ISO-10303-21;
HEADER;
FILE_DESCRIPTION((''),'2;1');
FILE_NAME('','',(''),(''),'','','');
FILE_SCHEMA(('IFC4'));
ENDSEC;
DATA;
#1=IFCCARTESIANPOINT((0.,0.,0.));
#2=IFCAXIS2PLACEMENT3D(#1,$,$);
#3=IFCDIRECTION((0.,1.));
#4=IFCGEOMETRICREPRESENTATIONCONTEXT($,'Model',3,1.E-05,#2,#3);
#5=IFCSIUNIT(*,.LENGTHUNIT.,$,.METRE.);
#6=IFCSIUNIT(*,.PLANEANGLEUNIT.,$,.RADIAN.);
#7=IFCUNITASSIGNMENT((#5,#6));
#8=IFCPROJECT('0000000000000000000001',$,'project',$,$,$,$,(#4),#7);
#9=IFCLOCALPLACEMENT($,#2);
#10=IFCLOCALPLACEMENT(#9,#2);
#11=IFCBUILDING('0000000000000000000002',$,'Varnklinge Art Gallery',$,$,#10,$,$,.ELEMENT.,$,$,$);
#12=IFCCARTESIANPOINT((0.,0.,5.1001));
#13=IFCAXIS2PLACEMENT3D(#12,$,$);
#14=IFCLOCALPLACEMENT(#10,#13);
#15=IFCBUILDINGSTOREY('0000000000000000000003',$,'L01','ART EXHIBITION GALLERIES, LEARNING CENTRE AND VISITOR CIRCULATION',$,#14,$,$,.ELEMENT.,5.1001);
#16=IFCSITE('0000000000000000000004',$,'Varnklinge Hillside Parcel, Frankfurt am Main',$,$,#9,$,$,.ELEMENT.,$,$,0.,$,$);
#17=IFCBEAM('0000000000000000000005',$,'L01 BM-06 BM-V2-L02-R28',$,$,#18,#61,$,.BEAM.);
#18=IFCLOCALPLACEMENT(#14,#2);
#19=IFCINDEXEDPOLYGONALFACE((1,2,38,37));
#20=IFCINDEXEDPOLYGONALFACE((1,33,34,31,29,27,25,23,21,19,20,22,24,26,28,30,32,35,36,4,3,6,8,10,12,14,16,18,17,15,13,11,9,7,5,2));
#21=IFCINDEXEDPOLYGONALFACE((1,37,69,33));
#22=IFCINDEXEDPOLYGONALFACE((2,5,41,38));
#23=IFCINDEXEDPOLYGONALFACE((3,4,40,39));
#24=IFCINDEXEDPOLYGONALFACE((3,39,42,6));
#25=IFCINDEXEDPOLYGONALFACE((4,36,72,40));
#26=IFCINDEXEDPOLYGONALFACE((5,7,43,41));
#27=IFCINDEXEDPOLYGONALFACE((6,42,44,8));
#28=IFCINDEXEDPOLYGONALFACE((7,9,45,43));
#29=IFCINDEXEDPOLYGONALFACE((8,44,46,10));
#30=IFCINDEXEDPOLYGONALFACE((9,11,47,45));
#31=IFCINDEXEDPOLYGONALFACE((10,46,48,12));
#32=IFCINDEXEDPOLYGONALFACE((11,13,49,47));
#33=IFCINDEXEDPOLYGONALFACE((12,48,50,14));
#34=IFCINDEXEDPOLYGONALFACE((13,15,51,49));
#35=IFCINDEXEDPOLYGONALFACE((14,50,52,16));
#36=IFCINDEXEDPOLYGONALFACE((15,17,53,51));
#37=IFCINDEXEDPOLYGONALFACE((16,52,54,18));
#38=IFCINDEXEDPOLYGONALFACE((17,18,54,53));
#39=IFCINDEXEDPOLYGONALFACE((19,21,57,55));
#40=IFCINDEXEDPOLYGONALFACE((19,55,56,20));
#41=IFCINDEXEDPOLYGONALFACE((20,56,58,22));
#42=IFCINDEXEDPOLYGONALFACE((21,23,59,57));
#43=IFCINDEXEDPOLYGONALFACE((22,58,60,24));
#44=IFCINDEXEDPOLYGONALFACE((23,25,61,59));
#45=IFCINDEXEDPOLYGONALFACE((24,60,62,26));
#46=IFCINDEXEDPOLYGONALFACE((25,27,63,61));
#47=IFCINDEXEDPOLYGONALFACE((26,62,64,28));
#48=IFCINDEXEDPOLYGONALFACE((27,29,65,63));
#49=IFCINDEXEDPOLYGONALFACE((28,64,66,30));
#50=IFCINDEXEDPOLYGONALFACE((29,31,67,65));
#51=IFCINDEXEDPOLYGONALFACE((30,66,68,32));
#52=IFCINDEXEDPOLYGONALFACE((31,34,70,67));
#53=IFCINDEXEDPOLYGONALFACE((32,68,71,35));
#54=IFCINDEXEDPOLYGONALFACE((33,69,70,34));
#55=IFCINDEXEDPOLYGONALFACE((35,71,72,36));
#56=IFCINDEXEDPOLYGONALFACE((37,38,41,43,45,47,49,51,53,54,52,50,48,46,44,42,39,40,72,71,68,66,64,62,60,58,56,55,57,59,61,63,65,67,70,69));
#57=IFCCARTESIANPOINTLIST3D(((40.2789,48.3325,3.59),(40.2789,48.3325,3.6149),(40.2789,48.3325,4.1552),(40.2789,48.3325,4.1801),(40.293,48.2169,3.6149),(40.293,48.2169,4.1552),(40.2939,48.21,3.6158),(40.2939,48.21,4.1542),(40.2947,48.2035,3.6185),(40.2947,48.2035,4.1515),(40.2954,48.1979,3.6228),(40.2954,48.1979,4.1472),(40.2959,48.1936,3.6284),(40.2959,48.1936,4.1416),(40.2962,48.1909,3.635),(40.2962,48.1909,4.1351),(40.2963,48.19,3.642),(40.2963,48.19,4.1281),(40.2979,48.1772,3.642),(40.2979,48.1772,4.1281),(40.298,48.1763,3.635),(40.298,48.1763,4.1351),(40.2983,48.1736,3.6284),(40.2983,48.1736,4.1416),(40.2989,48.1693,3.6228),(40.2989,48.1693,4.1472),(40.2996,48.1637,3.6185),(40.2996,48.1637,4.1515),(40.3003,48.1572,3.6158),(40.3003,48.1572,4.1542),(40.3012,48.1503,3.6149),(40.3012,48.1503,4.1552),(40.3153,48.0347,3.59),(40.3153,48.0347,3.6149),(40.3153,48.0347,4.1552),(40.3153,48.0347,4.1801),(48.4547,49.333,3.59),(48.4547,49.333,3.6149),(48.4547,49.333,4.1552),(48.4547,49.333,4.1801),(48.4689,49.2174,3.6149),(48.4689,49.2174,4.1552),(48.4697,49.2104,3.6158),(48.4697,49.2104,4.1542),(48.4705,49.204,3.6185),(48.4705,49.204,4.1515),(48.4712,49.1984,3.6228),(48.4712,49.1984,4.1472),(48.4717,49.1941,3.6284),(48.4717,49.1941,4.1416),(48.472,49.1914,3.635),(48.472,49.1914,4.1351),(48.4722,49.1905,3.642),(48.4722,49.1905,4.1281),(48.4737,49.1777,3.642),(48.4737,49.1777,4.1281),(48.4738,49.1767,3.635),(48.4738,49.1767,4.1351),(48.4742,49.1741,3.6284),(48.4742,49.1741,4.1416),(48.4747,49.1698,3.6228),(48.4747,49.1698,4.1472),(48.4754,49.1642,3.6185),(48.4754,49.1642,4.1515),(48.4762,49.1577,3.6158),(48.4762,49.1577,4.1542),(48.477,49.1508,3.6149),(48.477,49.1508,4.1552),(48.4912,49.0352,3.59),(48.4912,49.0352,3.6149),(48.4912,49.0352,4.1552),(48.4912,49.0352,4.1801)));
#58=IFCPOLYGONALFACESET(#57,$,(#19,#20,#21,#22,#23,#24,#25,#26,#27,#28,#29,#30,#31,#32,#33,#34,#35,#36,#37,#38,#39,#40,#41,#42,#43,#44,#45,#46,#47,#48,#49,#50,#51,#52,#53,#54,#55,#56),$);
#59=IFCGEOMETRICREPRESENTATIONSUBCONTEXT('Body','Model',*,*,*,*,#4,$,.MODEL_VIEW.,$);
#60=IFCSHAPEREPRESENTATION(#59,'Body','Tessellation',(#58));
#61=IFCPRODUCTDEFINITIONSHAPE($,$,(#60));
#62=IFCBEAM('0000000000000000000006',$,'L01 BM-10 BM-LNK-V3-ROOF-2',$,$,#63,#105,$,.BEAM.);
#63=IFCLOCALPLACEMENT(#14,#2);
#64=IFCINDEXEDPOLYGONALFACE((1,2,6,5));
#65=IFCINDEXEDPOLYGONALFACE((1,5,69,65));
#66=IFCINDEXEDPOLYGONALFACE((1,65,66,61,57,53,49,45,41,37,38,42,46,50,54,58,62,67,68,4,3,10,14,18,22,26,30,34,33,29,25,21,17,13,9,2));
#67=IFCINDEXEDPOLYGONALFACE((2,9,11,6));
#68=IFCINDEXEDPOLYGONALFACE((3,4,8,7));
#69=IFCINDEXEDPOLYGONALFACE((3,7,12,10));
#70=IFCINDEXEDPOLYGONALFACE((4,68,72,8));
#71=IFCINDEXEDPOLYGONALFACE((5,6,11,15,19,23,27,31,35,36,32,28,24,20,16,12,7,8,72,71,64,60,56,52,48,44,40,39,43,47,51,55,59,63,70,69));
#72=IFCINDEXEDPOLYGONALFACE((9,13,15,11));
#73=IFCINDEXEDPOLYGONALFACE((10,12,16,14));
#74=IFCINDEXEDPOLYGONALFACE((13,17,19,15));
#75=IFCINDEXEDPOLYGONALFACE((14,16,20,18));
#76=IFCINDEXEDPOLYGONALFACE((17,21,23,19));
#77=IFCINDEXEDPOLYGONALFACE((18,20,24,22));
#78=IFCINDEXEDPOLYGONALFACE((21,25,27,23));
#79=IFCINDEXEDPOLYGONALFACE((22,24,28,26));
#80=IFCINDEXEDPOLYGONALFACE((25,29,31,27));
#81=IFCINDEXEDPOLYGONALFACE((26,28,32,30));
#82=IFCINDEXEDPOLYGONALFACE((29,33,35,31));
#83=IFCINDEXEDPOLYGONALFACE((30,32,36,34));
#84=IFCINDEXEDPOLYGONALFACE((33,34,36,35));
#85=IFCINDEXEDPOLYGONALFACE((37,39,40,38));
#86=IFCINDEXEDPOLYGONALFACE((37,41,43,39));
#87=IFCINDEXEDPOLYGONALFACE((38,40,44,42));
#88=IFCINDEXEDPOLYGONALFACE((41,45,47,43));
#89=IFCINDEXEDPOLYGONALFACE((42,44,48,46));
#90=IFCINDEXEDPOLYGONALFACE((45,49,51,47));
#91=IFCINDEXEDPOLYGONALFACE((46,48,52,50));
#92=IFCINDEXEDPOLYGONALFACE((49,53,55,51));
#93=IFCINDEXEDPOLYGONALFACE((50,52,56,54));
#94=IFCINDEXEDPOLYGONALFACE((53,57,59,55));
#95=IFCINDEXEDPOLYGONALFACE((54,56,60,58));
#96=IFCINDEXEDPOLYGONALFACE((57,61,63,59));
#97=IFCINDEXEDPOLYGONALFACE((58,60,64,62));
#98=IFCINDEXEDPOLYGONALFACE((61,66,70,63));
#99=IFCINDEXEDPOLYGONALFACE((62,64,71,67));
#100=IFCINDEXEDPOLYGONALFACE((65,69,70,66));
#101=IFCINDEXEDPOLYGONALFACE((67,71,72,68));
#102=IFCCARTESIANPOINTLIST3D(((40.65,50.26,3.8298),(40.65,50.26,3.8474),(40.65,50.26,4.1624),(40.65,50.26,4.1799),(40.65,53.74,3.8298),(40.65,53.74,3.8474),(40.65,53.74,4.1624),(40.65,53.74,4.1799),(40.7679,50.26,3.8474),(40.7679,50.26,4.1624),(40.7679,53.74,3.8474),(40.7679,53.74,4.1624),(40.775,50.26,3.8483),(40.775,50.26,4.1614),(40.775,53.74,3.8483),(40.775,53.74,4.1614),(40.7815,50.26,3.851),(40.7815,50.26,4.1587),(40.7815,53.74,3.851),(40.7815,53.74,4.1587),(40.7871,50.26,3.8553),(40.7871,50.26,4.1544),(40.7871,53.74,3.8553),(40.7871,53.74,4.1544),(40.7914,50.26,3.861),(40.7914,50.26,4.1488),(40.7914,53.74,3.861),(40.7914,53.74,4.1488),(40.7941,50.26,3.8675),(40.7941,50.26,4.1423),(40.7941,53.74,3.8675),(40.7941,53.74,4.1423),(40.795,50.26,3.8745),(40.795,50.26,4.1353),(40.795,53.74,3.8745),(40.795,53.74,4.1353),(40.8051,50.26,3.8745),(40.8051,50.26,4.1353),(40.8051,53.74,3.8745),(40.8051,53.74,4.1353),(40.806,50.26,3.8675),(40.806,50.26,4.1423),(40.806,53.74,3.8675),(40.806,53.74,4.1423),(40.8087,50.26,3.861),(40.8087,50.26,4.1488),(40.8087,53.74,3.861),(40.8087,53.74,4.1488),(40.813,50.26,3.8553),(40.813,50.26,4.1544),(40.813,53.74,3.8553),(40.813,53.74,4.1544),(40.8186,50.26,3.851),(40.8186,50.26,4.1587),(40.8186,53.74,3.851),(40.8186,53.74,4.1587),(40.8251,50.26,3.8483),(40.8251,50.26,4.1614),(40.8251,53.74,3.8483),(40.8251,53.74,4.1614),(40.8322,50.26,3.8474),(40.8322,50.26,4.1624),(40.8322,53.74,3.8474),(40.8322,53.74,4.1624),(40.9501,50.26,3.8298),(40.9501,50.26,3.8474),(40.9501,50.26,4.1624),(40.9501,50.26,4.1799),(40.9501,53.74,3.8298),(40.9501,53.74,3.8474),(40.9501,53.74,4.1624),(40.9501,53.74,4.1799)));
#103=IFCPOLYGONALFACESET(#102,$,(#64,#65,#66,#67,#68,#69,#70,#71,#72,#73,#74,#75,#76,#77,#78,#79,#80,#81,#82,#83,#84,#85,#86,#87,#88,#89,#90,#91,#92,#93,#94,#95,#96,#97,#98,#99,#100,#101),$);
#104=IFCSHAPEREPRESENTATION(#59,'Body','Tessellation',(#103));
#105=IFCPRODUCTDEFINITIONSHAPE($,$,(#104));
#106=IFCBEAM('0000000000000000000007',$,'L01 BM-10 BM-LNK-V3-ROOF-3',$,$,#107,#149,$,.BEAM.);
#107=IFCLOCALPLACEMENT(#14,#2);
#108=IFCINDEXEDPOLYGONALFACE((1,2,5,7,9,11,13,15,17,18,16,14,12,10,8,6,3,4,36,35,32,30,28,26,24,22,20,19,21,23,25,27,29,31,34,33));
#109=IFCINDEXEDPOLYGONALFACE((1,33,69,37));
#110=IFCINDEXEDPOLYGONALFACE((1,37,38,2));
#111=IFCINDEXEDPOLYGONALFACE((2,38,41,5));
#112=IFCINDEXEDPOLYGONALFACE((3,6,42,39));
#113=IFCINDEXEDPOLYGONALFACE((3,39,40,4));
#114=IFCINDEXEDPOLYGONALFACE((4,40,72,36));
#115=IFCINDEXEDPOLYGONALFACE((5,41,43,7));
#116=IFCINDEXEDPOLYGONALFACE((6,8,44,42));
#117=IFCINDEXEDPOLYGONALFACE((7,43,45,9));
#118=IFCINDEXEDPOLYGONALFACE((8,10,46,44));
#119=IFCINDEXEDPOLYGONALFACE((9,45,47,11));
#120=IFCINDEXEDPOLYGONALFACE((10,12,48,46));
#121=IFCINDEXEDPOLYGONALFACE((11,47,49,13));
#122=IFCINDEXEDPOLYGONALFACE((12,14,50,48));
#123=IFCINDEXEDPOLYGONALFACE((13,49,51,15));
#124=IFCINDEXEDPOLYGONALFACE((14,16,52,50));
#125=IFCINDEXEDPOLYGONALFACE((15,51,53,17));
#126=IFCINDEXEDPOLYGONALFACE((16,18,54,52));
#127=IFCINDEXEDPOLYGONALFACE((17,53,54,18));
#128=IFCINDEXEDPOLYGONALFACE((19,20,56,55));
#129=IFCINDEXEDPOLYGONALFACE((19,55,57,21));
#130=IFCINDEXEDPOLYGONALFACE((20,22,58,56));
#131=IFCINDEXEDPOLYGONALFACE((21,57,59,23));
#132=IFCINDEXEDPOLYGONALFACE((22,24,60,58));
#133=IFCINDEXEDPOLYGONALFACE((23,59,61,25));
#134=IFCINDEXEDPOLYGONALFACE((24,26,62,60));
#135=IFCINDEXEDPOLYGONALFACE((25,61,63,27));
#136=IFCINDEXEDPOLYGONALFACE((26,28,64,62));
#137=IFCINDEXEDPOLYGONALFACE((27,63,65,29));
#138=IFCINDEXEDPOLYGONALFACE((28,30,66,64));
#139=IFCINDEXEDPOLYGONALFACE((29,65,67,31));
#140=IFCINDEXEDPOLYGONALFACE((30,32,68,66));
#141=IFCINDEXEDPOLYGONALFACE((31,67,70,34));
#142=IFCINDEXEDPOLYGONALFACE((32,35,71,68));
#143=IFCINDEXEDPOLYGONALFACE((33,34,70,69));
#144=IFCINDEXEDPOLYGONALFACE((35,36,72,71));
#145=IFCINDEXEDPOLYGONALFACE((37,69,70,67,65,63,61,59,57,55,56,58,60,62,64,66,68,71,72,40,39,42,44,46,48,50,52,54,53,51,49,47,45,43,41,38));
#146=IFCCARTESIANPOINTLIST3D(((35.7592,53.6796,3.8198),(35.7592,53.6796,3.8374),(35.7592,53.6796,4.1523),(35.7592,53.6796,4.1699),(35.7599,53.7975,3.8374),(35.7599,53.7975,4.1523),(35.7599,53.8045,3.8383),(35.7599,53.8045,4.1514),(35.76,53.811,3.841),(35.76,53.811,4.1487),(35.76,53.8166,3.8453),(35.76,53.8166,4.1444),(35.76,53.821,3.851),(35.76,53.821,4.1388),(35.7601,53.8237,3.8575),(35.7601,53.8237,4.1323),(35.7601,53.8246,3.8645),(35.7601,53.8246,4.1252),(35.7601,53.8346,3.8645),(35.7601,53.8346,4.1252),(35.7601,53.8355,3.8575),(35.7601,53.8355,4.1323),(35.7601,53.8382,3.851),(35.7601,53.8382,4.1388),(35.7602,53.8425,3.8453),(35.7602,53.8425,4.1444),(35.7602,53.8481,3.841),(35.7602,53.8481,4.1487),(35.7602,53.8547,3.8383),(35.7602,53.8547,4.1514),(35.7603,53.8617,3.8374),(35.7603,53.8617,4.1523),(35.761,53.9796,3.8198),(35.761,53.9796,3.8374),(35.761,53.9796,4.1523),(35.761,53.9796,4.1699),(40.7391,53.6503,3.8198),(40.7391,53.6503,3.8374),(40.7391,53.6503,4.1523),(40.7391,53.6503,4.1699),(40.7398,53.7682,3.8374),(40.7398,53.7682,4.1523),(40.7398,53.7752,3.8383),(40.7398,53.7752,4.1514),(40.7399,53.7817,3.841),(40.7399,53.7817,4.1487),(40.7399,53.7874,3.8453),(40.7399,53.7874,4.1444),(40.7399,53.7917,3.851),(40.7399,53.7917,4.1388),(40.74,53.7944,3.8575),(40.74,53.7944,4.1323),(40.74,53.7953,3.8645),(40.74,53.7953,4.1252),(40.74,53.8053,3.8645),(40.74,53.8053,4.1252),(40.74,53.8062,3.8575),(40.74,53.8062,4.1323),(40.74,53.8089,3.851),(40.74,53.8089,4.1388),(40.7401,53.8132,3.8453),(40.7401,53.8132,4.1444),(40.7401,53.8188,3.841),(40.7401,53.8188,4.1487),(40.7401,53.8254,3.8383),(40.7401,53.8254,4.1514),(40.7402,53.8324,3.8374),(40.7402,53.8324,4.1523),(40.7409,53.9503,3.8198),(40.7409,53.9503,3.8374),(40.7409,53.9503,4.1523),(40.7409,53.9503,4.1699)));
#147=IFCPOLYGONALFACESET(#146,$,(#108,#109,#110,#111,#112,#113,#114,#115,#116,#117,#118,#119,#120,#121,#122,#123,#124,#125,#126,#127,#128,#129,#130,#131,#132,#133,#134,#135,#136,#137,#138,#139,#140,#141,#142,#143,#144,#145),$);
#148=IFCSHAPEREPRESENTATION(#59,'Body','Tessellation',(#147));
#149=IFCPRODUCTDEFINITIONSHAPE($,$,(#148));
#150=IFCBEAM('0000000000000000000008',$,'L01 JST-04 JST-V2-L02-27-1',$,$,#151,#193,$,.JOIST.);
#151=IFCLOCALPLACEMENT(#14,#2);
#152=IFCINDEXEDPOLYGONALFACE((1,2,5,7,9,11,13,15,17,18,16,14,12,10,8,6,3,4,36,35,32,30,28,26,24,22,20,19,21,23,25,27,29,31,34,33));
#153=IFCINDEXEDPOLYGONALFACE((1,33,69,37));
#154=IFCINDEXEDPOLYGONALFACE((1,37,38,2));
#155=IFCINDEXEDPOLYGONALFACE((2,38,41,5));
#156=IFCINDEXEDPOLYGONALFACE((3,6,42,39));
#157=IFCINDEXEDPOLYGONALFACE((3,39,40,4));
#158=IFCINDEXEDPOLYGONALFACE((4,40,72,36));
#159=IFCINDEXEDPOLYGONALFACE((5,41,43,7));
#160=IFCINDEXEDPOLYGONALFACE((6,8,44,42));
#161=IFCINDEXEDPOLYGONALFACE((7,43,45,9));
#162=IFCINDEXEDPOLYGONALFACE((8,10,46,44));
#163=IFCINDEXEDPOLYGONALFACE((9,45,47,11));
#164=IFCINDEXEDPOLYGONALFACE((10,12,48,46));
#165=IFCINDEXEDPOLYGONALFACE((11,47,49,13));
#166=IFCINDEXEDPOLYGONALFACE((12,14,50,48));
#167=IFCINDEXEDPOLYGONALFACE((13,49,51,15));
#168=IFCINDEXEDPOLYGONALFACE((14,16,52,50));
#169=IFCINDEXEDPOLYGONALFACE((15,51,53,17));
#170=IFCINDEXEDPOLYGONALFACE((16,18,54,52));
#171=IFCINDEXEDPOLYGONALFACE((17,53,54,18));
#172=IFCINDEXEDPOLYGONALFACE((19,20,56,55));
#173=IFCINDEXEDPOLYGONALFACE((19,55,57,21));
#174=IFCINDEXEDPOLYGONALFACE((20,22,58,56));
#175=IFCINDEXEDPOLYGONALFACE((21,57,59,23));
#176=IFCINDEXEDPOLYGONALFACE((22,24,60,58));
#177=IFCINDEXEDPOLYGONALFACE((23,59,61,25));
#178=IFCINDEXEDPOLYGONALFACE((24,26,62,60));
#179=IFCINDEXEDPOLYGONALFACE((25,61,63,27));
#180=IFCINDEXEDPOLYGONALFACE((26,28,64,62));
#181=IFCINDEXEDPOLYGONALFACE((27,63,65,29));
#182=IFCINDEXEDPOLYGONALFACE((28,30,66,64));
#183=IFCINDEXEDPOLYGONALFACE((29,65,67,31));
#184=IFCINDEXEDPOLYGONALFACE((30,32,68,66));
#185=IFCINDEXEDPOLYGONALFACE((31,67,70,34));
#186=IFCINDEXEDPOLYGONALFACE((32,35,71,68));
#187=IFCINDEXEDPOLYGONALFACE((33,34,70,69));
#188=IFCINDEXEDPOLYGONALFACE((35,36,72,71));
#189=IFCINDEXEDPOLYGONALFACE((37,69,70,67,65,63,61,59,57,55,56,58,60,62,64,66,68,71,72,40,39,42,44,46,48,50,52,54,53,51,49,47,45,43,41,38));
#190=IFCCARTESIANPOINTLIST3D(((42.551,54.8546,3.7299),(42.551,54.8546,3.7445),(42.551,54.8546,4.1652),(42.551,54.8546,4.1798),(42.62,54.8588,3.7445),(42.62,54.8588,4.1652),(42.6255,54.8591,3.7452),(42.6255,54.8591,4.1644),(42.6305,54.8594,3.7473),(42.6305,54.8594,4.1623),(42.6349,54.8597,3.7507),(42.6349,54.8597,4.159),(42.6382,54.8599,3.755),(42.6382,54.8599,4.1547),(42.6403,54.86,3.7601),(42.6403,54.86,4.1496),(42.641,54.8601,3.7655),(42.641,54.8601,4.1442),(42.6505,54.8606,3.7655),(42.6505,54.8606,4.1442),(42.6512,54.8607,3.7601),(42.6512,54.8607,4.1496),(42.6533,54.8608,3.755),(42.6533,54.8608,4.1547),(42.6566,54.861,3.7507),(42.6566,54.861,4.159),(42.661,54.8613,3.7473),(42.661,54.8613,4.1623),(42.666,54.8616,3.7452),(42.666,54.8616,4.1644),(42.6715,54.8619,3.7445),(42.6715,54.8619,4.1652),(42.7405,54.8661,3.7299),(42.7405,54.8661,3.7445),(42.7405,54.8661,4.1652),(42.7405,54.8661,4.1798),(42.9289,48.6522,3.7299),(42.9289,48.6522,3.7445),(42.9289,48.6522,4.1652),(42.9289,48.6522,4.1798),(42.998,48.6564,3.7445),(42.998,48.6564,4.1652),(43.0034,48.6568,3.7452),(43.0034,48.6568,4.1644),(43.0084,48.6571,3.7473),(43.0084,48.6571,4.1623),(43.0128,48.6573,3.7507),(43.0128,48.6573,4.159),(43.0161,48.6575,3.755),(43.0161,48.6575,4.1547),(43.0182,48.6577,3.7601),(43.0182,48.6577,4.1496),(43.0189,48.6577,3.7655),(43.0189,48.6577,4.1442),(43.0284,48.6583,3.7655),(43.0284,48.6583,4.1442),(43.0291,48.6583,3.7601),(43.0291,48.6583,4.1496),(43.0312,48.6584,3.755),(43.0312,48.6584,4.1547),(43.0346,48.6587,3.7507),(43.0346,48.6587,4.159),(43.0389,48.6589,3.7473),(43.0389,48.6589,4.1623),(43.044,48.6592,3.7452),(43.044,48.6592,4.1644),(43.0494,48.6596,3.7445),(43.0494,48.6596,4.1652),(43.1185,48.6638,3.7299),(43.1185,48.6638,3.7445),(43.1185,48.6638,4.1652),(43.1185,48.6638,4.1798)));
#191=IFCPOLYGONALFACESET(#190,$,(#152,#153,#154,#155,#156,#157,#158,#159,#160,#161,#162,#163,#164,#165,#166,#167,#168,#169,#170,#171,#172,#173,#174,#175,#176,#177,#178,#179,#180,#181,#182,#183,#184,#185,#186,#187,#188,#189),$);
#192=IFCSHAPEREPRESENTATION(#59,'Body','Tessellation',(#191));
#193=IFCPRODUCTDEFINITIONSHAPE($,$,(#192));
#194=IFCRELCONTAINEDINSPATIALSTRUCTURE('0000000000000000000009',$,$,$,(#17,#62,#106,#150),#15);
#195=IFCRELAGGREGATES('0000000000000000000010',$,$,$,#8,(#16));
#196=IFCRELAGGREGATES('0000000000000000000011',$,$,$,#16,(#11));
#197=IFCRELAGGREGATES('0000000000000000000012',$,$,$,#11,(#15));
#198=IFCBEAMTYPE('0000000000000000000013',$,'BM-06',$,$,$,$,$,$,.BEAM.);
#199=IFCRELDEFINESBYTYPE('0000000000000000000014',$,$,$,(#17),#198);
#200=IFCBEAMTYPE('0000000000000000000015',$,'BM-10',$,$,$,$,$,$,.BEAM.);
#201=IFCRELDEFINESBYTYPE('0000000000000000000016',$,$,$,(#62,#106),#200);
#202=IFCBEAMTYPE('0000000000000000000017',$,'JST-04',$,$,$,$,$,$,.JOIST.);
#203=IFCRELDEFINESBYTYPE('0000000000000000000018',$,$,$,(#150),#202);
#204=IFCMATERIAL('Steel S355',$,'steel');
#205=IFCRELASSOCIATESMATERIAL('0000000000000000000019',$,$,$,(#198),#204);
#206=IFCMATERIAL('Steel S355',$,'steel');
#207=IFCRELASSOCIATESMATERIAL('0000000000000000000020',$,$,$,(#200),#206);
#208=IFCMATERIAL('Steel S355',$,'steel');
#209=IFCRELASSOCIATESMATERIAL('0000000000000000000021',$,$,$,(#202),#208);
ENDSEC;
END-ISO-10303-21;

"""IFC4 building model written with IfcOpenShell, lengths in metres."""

from ifc_helpers import new_model, si_unit, direction, frame, origin, origin_2d, place, context, subcontext, project, spatial, i_section, extrude, material, material_profile, profile_set, type_object, element, save


model = new_model("IFC4")

# Units and contexts
model_context = context("Model", 3, precision=1e-05, world=origin(), true_north=direction((0.0, 1.0)))
body_context = subcontext(model_context, "Body", "Model", "MODEL_VIEW")
ifc_project = project(units=[si_unit("LENGTHUNIT", "METRE"), si_unit("PLANEANGLEUNIT", "RADIAN")], contexts=[model_context])

# Site, building, storey
site_placement = place(None, origin())
site = spatial("IfcSite", under=ifc_project, at=site_placement, Name="Varnklinge Hillside Parcel, Frankfurt am Main", CompositionType="ELEMENT", RefElevation=0.0)
building_placement = place(site_placement, origin())
building = spatial("IfcBuilding", under=site, at=building_placement, Name="Varnklinge Art Gallery", CompositionType="ELEMENT")
storey_placement = place(building_placement, frame((0.0, 0.0, 5.1001)))
storey = spatial("IfcBuildingStorey", under=building, at=storey_placement, Name="L01", Description="ART EXHIBITION GALLERIES, LEARNING CENTRE AND VISITOR CIRCULATION", CompositionType="ELEMENT", Elevation=5.1001)

# Beams
ifc_material_1 = material(Name="Steel S355", Category="steel")
ifc_material_profile_1 = material_profile(ifc_material_1, i_section(OverallWidth=0.3, OverallDepth=0.5901, WebThickness=0.0129, FlangeThickness=0.0249, FilletRadius=0.0271, at=origin_2d()), Name="HEA 600")
ifc_profile_set_1 = profile_set([ifc_material_profile_1], Name="Steel S355")
beam_type_1 = type_object("IfcBeamType", Name="BM-06", PredefinedType="BEAM", material=ifc_profile_set_1)
beam_1_placement = place(storey_placement, frame((40.2971, 48.1836, 3.885), z_axis=(0.992596, 0.121466, 0.0), x_axis=(-0.121466, 0.992596, 0.0)))
element("IfcBeam", 1, at=beam_1_placement, inside=storey, type_object=beam_type_1, Name="L01 BM-06 BM-V2-L02-R28", PredefinedType="BEAM", context=body_context, shape_type="SweptSolid", body=[
    extrude(i_section(OverallWidth=0.3, OverallDepth=0.5901, WebThickness=0.0129, FlangeThickness=0.0249, FilletRadius=0.0271, at=origin_2d()), origin(), (0.0, 0.0, 1.0), 8.2368),
])
ifc_material_2 = material(Name="Steel S355", Category="steel")
ifc_material_profile_2 = material_profile(ifc_material_2, i_section(OverallWidth=0.3, OverallDepth=0.3501, WebThickness=0.01, FlangeThickness=0.0176, FilletRadius=0.0271, at=origin_2d()), Name="HEA 360")
ifc_profile_set_2 = profile_set([ifc_material_profile_2], Name="Steel S355")
beam_type_2 = type_object("IfcBeamType", Name="BM-10", PredefinedType="BEAM", material=ifc_profile_set_2)
beam_2_placement = place(storey_placement, frame((40.8, 50.26, 4.0049), z_axis=(0.0, 1.0, 0.0), x_axis=(-1.0, 0.0, 0.0)))
element("IfcBeam", 2, at=beam_2_placement, inside=storey, type_object=beam_type_2, Name="L01 BM-10 BM-LNK-V3-ROOF-2", PredefinedType="BEAM", context=body_context, shape_type="SweptSolid", body=[
    extrude(i_section(OverallWidth=0.3, OverallDepth=0.3501, WebThickness=0.01, FlangeThickness=0.0176, FilletRadius=0.0271, at=origin_2d()), origin(), (0.0, 0.0, 1.0), 3.48),
])
beam_3_placement = place(storey_placement, frame((40.74, 53.8003, 3.9949), z_axis=(-0.999983, 0.005883, 0.0), x_axis=(-0.005883, -0.999983, 0.0)))
element("IfcBeam", 3, at=beam_3_placement, inside=storey, type_object=beam_type_2, Name="L01 BM-10 BM-LNK-V3-ROOF-3", PredefinedType="BEAM", context=body_context, shape_type="SweptSolid", body=[
    extrude(i_section(OverallWidth=0.3, OverallDepth=0.3501, WebThickness=0.01, FlangeThickness=0.0176, FilletRadius=0.0271, at=origin_2d()), origin(), (0.0, 0.0, 1.0), 4.98),
])
ifc_material_3 = material(Name="Steel S355", Category="steel")
ifc_material_profile_3 = material_profile(ifc_material_3, i_section(OverallWidth=0.1899, OverallDepth=0.45, WebThickness=0.0095, FlangeThickness=0.0146, FilletRadius=0.021, at=origin_2d()), Name="IPE 450")
ifc_profile_set_3 = profile_set([ifc_material_profile_3], Name="Steel S355")
beam_type_3 = type_object("IfcBeamType", Name="JST-04", PredefinedType="JOIST", material=ifc_profile_set_3)
beam_4_placement = place(storey_placement, frame((42.6458, 54.8604, 3.9548), z_axis=(0.06082, -0.998149, 0.0), x_axis=(0.998149, 0.06082, 0.0)))
element("IfcBeam", 4, at=beam_4_placement, inside=storey, type_object=beam_type_3, Name="L01 JST-04 JST-V2-L02-27-1", PredefinedType="JOIST", context=body_context, shape_type="SweptSolid", body=[
    extrude(i_section(OverallWidth=0.1899, OverallDepth=0.45, WebThickness=0.0095, FlangeThickness=0.0146, FilletRadius=0.021, at=origin_2d()), origin(), (0.0, 0.0, 1.0), 6.2139),
])

save(model, "model.ifc")
